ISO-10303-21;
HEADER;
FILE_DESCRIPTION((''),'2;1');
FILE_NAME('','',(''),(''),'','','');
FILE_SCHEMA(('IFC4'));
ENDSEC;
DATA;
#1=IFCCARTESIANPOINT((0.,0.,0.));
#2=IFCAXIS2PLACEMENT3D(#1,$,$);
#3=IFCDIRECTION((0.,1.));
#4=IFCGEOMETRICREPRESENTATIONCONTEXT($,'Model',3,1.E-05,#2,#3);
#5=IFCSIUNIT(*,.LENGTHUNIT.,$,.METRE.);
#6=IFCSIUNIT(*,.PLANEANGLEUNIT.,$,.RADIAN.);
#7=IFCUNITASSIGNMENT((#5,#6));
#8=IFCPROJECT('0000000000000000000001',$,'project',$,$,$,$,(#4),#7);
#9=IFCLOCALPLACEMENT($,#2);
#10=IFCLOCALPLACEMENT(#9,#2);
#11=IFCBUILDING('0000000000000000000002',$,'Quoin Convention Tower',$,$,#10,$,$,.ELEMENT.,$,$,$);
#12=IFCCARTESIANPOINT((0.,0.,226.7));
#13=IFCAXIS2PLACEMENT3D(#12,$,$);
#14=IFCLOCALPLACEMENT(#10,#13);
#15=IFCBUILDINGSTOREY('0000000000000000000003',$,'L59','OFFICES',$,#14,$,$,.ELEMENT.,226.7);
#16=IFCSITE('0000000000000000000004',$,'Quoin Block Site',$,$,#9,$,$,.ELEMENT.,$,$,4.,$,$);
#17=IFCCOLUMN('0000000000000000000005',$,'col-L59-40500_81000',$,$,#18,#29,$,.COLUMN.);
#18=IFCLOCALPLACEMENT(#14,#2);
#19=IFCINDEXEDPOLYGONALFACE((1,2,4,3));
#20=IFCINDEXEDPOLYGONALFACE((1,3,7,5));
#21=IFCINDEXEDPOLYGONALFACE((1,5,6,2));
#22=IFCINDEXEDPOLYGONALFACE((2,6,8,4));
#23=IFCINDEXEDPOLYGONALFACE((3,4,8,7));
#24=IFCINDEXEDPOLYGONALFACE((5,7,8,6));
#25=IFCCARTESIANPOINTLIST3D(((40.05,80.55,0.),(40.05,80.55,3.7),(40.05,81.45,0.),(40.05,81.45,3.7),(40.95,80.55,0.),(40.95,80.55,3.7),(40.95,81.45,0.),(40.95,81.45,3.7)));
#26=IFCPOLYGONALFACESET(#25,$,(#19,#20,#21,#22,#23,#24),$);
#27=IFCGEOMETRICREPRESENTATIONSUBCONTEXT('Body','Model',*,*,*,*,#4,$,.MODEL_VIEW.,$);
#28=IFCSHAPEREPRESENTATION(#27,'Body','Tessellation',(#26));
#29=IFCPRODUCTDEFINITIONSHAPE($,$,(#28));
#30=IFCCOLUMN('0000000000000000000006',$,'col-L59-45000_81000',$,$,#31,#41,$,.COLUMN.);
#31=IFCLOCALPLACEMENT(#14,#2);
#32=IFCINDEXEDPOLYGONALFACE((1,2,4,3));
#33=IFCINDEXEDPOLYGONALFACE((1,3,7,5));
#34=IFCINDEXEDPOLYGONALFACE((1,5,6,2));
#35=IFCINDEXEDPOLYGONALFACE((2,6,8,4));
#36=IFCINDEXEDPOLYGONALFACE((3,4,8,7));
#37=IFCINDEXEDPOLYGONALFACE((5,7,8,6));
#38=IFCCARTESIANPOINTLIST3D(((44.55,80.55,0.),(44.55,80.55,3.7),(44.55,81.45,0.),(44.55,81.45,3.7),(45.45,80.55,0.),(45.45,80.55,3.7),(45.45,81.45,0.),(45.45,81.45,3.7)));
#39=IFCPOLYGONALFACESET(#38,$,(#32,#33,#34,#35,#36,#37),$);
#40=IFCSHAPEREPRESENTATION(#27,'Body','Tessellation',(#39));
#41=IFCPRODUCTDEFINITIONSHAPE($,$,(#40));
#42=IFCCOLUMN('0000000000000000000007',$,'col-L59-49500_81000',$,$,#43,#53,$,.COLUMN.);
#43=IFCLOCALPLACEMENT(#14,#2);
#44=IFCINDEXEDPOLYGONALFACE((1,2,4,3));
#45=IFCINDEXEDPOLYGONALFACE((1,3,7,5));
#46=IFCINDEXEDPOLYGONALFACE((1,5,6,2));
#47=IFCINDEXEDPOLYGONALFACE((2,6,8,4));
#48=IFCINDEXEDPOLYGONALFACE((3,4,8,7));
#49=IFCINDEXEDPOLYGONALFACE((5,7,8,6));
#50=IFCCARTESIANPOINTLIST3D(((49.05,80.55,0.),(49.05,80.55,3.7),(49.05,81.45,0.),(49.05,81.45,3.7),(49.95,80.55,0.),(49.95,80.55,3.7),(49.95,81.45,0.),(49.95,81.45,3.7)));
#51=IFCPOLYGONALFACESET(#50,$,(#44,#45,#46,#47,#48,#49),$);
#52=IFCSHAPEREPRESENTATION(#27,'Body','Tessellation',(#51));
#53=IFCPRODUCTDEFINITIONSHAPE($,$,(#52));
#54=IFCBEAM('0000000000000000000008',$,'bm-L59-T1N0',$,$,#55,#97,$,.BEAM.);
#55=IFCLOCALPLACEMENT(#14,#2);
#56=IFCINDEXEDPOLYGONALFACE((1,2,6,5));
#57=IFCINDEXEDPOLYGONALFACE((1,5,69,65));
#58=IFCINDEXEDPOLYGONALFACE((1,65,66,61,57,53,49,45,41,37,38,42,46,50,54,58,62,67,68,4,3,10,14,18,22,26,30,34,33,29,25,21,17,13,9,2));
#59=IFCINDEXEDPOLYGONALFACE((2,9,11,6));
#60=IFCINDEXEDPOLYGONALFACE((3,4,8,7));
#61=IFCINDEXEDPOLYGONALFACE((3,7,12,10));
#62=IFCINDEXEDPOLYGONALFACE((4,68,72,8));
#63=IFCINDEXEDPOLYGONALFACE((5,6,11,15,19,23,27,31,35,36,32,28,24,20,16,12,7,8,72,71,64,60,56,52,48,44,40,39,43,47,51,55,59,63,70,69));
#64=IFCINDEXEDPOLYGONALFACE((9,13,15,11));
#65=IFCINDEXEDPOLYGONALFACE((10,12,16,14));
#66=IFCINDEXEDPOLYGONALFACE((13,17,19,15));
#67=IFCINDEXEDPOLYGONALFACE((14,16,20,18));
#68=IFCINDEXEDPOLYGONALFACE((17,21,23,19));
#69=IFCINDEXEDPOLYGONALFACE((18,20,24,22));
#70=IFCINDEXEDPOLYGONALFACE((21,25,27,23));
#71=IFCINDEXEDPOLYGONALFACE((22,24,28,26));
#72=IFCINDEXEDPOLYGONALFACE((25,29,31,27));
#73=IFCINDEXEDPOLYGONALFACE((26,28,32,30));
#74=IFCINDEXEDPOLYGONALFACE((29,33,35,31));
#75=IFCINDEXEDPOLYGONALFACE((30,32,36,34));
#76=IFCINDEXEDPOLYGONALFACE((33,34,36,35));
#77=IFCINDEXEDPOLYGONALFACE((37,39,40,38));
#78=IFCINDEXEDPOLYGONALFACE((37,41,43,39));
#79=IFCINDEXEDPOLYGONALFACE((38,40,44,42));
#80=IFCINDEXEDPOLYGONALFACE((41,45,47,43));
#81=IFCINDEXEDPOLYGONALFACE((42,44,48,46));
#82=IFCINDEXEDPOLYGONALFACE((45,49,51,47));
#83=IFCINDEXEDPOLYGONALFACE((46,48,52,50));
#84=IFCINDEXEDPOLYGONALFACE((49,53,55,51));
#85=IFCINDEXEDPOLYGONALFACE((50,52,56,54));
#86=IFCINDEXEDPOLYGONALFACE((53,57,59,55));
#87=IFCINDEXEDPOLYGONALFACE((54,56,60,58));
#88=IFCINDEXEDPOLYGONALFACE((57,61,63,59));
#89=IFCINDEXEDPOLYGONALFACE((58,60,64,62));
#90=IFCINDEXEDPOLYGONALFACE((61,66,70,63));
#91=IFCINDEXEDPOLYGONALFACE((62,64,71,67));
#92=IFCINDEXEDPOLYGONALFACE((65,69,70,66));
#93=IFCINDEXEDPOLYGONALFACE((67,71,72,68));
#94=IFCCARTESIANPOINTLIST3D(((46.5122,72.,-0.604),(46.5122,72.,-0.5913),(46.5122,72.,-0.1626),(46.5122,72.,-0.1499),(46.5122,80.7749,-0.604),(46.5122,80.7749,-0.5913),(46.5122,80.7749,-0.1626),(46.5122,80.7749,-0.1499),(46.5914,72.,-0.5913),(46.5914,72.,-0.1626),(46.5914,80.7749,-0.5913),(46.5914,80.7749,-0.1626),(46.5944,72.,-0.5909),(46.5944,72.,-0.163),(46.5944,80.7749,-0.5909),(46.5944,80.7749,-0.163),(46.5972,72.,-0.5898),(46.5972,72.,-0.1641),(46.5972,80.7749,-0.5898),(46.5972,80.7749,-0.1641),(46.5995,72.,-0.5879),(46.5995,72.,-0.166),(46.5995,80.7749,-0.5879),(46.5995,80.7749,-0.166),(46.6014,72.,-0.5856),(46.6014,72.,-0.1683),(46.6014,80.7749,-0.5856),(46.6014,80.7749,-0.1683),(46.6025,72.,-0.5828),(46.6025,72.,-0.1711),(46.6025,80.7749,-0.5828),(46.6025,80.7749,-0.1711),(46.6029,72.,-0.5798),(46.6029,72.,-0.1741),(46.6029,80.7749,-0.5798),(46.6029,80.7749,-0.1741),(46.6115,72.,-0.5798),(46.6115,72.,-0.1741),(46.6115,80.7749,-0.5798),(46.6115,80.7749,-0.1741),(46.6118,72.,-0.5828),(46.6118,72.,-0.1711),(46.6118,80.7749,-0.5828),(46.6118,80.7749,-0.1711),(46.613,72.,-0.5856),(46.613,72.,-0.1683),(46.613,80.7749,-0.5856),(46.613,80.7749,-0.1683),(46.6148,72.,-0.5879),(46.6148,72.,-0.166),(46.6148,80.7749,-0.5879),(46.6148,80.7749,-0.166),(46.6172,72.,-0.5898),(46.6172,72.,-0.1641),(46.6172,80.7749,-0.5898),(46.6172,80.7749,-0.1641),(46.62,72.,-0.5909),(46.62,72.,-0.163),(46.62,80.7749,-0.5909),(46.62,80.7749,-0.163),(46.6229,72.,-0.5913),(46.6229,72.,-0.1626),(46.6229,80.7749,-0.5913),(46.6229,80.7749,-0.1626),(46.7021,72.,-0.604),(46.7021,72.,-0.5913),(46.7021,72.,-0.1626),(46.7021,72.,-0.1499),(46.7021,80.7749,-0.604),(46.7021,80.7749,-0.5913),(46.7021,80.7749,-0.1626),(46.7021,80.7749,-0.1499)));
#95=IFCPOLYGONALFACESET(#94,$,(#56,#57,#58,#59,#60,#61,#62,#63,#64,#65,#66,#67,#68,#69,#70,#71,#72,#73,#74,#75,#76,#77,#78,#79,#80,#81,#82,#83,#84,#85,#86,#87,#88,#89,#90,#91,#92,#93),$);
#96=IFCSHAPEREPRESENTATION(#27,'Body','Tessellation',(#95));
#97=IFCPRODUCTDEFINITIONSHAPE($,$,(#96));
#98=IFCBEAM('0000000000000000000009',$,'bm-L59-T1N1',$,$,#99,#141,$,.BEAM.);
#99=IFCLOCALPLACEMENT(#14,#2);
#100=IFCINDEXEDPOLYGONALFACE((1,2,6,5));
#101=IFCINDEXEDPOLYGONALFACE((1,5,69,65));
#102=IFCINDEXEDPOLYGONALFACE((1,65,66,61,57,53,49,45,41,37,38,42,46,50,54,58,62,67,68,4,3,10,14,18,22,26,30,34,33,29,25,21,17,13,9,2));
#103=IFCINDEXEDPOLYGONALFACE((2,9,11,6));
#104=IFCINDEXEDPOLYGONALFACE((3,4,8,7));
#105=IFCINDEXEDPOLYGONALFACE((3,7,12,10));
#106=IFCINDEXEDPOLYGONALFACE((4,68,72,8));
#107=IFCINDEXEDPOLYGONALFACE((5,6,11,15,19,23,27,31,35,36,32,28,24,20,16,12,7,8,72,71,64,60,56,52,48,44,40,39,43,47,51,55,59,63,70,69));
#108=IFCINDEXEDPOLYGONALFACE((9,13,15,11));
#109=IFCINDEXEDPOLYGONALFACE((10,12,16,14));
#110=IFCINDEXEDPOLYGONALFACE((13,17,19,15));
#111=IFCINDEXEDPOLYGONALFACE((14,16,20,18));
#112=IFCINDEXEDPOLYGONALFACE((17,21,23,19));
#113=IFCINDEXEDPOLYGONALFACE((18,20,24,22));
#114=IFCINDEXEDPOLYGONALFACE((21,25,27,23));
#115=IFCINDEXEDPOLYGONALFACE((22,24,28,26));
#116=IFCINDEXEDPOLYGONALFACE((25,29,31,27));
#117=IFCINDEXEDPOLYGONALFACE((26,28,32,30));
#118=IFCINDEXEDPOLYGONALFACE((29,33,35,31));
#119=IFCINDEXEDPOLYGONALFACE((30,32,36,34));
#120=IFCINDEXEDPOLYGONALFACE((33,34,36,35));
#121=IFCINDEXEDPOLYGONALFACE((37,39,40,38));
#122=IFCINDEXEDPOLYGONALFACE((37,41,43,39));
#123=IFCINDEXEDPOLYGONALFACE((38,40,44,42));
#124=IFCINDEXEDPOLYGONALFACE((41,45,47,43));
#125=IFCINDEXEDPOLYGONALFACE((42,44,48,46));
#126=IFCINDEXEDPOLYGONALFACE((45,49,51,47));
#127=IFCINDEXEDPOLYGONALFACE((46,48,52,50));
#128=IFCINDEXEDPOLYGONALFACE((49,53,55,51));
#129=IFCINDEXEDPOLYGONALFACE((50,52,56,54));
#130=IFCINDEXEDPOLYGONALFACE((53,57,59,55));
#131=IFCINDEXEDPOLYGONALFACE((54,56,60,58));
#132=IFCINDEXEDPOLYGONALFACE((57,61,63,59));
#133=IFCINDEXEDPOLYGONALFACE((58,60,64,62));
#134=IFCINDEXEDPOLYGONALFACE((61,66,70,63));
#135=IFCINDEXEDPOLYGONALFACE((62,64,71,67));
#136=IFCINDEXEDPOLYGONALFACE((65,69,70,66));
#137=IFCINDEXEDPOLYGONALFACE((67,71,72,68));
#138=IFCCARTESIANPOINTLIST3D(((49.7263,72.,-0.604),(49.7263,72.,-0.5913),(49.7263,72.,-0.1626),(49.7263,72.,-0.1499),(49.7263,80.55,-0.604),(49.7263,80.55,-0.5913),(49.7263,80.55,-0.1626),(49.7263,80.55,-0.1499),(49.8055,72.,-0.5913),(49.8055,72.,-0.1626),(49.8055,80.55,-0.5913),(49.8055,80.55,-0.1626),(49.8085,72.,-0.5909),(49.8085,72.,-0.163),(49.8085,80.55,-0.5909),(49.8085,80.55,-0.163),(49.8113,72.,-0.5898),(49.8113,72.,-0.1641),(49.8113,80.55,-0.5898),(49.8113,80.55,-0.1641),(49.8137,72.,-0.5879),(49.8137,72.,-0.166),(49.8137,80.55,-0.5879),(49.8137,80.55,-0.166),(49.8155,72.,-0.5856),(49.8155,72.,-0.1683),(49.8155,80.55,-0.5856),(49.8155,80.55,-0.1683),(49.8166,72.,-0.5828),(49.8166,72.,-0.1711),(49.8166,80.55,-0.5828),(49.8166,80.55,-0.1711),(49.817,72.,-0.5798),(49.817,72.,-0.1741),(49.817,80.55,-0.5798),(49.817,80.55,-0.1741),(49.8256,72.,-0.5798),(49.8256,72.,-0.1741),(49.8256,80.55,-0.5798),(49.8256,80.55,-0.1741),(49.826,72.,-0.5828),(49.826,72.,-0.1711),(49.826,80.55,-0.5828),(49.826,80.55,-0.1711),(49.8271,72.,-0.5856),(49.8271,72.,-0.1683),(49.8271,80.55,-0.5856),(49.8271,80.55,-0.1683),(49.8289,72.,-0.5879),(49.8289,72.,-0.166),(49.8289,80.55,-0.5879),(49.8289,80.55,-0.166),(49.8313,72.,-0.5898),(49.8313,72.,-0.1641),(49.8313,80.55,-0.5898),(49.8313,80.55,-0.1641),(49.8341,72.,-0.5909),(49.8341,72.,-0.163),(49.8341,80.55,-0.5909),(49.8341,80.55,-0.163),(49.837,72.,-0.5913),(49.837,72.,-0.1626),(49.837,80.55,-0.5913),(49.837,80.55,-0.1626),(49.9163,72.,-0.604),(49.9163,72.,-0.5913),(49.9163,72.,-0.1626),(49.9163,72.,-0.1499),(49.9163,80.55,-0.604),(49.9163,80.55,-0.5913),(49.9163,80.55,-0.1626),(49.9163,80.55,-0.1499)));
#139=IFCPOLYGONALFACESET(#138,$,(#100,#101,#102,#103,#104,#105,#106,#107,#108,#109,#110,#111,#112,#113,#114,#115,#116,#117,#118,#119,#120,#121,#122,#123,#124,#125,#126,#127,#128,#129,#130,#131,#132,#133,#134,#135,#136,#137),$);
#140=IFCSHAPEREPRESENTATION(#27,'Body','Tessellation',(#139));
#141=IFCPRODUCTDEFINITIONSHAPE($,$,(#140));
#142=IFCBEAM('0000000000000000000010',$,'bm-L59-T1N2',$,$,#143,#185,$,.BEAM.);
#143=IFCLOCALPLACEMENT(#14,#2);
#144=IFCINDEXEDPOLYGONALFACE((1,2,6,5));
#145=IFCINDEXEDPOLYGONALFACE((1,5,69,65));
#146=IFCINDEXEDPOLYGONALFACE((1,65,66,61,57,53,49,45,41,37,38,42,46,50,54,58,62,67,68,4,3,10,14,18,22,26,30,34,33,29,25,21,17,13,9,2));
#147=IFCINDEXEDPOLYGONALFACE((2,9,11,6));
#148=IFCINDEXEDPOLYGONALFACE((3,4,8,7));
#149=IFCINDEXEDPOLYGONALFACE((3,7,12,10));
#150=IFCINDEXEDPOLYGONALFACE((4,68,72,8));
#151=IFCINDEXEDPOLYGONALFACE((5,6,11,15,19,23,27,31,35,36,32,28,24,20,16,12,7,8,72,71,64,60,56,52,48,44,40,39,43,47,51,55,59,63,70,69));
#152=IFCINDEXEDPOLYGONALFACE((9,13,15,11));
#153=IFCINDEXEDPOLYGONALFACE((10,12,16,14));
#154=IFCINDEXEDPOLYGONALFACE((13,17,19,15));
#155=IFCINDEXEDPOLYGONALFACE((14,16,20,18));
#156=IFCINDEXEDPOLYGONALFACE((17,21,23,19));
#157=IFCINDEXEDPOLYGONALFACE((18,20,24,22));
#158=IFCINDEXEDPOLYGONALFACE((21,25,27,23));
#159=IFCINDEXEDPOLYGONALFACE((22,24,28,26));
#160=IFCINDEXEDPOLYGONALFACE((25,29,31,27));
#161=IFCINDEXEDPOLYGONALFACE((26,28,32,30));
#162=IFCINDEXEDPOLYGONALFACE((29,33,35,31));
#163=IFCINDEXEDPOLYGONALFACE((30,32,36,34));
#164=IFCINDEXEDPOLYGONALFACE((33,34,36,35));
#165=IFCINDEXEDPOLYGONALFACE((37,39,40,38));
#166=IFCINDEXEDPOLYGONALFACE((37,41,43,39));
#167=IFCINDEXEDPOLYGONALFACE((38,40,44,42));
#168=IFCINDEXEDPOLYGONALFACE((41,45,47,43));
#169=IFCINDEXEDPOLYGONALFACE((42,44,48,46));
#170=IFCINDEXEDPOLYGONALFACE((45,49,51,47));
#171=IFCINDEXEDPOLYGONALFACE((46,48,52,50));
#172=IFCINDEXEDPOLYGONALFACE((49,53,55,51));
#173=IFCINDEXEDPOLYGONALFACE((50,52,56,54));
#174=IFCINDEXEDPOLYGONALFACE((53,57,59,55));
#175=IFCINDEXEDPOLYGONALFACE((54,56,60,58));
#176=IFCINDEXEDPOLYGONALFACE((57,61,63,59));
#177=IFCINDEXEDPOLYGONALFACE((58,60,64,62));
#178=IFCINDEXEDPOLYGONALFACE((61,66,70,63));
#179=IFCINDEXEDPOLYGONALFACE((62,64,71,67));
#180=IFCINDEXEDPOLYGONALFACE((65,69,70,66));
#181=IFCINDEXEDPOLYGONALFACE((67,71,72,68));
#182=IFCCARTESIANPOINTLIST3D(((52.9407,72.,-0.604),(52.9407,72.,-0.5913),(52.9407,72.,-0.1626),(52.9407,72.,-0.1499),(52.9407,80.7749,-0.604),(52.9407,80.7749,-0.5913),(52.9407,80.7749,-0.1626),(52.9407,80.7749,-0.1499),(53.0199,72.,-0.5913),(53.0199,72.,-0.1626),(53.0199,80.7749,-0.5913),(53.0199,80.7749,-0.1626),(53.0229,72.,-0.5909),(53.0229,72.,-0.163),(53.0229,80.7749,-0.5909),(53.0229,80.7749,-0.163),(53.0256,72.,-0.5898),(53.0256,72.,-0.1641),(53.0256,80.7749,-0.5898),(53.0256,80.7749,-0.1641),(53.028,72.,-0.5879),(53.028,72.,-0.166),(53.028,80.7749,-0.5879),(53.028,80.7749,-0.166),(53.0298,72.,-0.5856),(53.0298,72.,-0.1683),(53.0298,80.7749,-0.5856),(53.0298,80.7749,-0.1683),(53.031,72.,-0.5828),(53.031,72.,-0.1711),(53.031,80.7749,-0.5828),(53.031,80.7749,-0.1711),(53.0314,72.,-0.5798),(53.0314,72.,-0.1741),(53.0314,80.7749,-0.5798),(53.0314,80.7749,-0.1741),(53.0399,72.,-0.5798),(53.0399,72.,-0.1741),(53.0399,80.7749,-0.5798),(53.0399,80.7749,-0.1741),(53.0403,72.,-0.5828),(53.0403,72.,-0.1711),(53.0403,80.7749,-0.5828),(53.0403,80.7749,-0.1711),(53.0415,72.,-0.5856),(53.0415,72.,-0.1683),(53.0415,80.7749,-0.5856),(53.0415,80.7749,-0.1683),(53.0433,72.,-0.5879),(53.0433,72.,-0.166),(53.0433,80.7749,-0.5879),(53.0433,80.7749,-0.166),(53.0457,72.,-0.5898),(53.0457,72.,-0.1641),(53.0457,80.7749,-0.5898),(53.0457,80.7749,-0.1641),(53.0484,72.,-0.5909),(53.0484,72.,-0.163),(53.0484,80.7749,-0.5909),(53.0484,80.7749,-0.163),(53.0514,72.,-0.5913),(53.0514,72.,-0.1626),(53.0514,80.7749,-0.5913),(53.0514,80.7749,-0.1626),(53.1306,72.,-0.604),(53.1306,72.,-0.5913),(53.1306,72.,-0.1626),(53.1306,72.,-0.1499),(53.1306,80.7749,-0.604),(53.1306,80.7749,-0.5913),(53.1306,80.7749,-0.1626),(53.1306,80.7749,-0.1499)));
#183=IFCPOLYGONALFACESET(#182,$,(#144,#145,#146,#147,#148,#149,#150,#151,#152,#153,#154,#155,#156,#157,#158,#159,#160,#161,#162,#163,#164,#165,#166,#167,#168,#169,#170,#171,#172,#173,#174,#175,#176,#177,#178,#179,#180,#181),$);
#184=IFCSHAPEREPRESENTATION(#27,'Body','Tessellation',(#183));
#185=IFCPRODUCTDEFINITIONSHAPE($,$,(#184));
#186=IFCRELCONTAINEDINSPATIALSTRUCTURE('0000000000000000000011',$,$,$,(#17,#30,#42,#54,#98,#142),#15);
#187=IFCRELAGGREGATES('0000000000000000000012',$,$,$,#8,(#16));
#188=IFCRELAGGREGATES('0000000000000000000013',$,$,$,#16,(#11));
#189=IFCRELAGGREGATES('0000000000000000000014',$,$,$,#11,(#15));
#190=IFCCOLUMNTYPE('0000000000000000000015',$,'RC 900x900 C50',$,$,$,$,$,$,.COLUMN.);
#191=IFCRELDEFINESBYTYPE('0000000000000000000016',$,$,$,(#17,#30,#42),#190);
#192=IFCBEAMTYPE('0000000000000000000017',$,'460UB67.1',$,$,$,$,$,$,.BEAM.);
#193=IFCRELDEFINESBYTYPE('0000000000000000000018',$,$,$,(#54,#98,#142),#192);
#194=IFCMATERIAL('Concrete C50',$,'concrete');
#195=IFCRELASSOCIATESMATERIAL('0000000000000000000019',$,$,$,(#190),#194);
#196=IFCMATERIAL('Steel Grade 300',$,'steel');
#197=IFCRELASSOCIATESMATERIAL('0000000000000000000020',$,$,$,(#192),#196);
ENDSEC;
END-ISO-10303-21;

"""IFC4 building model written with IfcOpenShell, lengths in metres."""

from ifc_helpers import new_model, si_unit, direction, frame, origin, origin_2d, place, context, subcontext, project, spatial, rectangle, i_section, extrude, material, material_profile, profile_set, type_object, element, save


model = new_model("IFC4")

# Units and contexts
model_context = context("Model", 3, precision=1e-05, world=origin(), true_north=direction((0.0, 1.0)))
body_context = subcontext(model_context, "Body", "Model", "MODEL_VIEW")
ifc_project = project(units=[si_unit("LENGTHUNIT", "METRE"), si_unit("PLANEANGLEUNIT", "RADIAN")], contexts=[model_context])

# Site, building, storey
site_placement = place(None, origin())
site = spatial("IfcSite", under=ifc_project, at=site_placement, Name="Quoin Block Site", CompositionType="ELEMENT", RefElevation=4.0)
building_placement = place(site_placement, origin())
building = spatial("IfcBuilding", under=site, at=building_placement, Name="Quoin Convention Tower", CompositionType="ELEMENT")
storey_placement = place(building_placement, frame((0.0, 0.0, 226.7)))
storey = spatial("IfcBuildingStorey", under=building, at=storey_placement, Name="L59", Description="OFFICES", CompositionType="ELEMENT", Elevation=226.7)

# Columns
ifc_material_1 = material(Name="Concrete C50", Category="concrete")
ifc_material_profile_1 = material_profile(ifc_material_1, rectangle(XDim=0.8999, YDim=0.8999, at=origin_2d()), Name="RC 900x900")
ifc_profile_set_1 = profile_set([ifc_material_profile_1], Name="Concrete C50")
column_type = type_object("IfcColumnType", Name="RC 900x900 C50", PredefinedType="COLUMN", material=ifc_profile_set_1)
for number, where, z_axis, x_axis, name in (
    (1, (40.5, 81.0, 0.0), (0.0, 0.0, 1.0), (1.0, 0.0, 0.0), "col-L59-40500_81000"),
    (2, (45.0, 81.0, 0.0), (0.0, 0.0, 1.0), (1.0, 0.0, 0.0), "col-L59-45000_81000"),
    (3, (49.5, 81.0, 0.0), (0.0, 0.0, 1.0), (1.0, 0.0, 0.0), "col-L59-49500_81000"),
):
    element("IfcColumn", number, at=place(storey_placement, frame(where, z_axis=z_axis, x_axis=x_axis)), inside=storey, type_object=column_type, Name=name, PredefinedType="COLUMN", context=body_context, shape_type="SweptSolid", body=[
        extrude(rectangle(XDim=0.8999, YDim=0.8999, at=origin_2d()), origin(), (0.0, 0.0, 1.0), 3.7),
    ])

# Beams
ifc_material_2 = material(Name="Steel Grade 300", Category="steel")
ifc_material_profile_2 = material_profile(ifc_material_2, i_section(OverallWidth=0.1899, OverallDepth=0.4541, WebThickness=0.0085, FlangeThickness=0.0127, FilletRadius=0.0115, at=origin_2d()), Name="460UB67.1")
ifc_profile_set_2 = profile_set([ifc_material_profile_2], Name="Steel Grade 300")
beam_type_1 = type_object("IfcBeamType", Name="460UB67.1", PredefinedType="BEAM", material=ifc_profile_set_2)
beam_1_placement = place(storey_placement, frame((46.6072, 72.0, -0.377), z_axis=(0.0, 1.0, 0.0), x_axis=(-1.0, 0.0, 0.0)))
element("IfcBeam", 4, at=beam_1_placement, inside=storey, type_object=beam_type_1, Name="bm-L59-T1N0", PredefinedType="BEAM", context=body_context, shape_type="SweptSolid", body=[
    extrude(i_section(OverallWidth=0.1899, OverallDepth=0.4541, WebThickness=0.0085, FlangeThickness=0.0127, FilletRadius=0.0115, at=origin_2d()), origin(), (0.0, 0.0, 1.0), 8.7749),
])
beam_2_placement = place(storey_placement, frame((49.8213, 72.0, -0.377), z_axis=(0.0, 1.0, 0.0), x_axis=(-1.0, 0.0, 0.0)))
element("IfcBeam", 5, at=beam_2_placement, inside=storey, type_object=beam_type_1, Name="bm-L59-T1N1", PredefinedType="BEAM", context=body_context, shape_type="SweptSolid", body=[
    extrude(i_section(OverallWidth=0.1899, OverallDepth=0.4541, WebThickness=0.0085, FlangeThickness=0.0127, FilletRadius=0.0115, at=origin_2d()), origin(), (0.0, 0.0, 1.0), 8.55),
])
beam_3_placement = place(storey_placement, frame((53.0356, 72.0, -0.377), z_axis=(0.0, 1.0, 0.0), x_axis=(-1.0, 0.0, 0.0)))
element("IfcBeam", 6, at=beam_3_placement, inside=storey, type_object=beam_type_1, Name="bm-L59-T1N2", PredefinedType="BEAM", context=body_context, shape_type="SweptSolid", body=[
    extrude(i_section(OverallWidth=0.1899, OverallDepth=0.4541, WebThickness=0.0085, FlangeThickness=0.0127, FilletRadius=0.0115, at=origin_2d()), origin(), (0.0, 0.0, 1.0), 8.7749),
])

save(model, "model.ifc")
